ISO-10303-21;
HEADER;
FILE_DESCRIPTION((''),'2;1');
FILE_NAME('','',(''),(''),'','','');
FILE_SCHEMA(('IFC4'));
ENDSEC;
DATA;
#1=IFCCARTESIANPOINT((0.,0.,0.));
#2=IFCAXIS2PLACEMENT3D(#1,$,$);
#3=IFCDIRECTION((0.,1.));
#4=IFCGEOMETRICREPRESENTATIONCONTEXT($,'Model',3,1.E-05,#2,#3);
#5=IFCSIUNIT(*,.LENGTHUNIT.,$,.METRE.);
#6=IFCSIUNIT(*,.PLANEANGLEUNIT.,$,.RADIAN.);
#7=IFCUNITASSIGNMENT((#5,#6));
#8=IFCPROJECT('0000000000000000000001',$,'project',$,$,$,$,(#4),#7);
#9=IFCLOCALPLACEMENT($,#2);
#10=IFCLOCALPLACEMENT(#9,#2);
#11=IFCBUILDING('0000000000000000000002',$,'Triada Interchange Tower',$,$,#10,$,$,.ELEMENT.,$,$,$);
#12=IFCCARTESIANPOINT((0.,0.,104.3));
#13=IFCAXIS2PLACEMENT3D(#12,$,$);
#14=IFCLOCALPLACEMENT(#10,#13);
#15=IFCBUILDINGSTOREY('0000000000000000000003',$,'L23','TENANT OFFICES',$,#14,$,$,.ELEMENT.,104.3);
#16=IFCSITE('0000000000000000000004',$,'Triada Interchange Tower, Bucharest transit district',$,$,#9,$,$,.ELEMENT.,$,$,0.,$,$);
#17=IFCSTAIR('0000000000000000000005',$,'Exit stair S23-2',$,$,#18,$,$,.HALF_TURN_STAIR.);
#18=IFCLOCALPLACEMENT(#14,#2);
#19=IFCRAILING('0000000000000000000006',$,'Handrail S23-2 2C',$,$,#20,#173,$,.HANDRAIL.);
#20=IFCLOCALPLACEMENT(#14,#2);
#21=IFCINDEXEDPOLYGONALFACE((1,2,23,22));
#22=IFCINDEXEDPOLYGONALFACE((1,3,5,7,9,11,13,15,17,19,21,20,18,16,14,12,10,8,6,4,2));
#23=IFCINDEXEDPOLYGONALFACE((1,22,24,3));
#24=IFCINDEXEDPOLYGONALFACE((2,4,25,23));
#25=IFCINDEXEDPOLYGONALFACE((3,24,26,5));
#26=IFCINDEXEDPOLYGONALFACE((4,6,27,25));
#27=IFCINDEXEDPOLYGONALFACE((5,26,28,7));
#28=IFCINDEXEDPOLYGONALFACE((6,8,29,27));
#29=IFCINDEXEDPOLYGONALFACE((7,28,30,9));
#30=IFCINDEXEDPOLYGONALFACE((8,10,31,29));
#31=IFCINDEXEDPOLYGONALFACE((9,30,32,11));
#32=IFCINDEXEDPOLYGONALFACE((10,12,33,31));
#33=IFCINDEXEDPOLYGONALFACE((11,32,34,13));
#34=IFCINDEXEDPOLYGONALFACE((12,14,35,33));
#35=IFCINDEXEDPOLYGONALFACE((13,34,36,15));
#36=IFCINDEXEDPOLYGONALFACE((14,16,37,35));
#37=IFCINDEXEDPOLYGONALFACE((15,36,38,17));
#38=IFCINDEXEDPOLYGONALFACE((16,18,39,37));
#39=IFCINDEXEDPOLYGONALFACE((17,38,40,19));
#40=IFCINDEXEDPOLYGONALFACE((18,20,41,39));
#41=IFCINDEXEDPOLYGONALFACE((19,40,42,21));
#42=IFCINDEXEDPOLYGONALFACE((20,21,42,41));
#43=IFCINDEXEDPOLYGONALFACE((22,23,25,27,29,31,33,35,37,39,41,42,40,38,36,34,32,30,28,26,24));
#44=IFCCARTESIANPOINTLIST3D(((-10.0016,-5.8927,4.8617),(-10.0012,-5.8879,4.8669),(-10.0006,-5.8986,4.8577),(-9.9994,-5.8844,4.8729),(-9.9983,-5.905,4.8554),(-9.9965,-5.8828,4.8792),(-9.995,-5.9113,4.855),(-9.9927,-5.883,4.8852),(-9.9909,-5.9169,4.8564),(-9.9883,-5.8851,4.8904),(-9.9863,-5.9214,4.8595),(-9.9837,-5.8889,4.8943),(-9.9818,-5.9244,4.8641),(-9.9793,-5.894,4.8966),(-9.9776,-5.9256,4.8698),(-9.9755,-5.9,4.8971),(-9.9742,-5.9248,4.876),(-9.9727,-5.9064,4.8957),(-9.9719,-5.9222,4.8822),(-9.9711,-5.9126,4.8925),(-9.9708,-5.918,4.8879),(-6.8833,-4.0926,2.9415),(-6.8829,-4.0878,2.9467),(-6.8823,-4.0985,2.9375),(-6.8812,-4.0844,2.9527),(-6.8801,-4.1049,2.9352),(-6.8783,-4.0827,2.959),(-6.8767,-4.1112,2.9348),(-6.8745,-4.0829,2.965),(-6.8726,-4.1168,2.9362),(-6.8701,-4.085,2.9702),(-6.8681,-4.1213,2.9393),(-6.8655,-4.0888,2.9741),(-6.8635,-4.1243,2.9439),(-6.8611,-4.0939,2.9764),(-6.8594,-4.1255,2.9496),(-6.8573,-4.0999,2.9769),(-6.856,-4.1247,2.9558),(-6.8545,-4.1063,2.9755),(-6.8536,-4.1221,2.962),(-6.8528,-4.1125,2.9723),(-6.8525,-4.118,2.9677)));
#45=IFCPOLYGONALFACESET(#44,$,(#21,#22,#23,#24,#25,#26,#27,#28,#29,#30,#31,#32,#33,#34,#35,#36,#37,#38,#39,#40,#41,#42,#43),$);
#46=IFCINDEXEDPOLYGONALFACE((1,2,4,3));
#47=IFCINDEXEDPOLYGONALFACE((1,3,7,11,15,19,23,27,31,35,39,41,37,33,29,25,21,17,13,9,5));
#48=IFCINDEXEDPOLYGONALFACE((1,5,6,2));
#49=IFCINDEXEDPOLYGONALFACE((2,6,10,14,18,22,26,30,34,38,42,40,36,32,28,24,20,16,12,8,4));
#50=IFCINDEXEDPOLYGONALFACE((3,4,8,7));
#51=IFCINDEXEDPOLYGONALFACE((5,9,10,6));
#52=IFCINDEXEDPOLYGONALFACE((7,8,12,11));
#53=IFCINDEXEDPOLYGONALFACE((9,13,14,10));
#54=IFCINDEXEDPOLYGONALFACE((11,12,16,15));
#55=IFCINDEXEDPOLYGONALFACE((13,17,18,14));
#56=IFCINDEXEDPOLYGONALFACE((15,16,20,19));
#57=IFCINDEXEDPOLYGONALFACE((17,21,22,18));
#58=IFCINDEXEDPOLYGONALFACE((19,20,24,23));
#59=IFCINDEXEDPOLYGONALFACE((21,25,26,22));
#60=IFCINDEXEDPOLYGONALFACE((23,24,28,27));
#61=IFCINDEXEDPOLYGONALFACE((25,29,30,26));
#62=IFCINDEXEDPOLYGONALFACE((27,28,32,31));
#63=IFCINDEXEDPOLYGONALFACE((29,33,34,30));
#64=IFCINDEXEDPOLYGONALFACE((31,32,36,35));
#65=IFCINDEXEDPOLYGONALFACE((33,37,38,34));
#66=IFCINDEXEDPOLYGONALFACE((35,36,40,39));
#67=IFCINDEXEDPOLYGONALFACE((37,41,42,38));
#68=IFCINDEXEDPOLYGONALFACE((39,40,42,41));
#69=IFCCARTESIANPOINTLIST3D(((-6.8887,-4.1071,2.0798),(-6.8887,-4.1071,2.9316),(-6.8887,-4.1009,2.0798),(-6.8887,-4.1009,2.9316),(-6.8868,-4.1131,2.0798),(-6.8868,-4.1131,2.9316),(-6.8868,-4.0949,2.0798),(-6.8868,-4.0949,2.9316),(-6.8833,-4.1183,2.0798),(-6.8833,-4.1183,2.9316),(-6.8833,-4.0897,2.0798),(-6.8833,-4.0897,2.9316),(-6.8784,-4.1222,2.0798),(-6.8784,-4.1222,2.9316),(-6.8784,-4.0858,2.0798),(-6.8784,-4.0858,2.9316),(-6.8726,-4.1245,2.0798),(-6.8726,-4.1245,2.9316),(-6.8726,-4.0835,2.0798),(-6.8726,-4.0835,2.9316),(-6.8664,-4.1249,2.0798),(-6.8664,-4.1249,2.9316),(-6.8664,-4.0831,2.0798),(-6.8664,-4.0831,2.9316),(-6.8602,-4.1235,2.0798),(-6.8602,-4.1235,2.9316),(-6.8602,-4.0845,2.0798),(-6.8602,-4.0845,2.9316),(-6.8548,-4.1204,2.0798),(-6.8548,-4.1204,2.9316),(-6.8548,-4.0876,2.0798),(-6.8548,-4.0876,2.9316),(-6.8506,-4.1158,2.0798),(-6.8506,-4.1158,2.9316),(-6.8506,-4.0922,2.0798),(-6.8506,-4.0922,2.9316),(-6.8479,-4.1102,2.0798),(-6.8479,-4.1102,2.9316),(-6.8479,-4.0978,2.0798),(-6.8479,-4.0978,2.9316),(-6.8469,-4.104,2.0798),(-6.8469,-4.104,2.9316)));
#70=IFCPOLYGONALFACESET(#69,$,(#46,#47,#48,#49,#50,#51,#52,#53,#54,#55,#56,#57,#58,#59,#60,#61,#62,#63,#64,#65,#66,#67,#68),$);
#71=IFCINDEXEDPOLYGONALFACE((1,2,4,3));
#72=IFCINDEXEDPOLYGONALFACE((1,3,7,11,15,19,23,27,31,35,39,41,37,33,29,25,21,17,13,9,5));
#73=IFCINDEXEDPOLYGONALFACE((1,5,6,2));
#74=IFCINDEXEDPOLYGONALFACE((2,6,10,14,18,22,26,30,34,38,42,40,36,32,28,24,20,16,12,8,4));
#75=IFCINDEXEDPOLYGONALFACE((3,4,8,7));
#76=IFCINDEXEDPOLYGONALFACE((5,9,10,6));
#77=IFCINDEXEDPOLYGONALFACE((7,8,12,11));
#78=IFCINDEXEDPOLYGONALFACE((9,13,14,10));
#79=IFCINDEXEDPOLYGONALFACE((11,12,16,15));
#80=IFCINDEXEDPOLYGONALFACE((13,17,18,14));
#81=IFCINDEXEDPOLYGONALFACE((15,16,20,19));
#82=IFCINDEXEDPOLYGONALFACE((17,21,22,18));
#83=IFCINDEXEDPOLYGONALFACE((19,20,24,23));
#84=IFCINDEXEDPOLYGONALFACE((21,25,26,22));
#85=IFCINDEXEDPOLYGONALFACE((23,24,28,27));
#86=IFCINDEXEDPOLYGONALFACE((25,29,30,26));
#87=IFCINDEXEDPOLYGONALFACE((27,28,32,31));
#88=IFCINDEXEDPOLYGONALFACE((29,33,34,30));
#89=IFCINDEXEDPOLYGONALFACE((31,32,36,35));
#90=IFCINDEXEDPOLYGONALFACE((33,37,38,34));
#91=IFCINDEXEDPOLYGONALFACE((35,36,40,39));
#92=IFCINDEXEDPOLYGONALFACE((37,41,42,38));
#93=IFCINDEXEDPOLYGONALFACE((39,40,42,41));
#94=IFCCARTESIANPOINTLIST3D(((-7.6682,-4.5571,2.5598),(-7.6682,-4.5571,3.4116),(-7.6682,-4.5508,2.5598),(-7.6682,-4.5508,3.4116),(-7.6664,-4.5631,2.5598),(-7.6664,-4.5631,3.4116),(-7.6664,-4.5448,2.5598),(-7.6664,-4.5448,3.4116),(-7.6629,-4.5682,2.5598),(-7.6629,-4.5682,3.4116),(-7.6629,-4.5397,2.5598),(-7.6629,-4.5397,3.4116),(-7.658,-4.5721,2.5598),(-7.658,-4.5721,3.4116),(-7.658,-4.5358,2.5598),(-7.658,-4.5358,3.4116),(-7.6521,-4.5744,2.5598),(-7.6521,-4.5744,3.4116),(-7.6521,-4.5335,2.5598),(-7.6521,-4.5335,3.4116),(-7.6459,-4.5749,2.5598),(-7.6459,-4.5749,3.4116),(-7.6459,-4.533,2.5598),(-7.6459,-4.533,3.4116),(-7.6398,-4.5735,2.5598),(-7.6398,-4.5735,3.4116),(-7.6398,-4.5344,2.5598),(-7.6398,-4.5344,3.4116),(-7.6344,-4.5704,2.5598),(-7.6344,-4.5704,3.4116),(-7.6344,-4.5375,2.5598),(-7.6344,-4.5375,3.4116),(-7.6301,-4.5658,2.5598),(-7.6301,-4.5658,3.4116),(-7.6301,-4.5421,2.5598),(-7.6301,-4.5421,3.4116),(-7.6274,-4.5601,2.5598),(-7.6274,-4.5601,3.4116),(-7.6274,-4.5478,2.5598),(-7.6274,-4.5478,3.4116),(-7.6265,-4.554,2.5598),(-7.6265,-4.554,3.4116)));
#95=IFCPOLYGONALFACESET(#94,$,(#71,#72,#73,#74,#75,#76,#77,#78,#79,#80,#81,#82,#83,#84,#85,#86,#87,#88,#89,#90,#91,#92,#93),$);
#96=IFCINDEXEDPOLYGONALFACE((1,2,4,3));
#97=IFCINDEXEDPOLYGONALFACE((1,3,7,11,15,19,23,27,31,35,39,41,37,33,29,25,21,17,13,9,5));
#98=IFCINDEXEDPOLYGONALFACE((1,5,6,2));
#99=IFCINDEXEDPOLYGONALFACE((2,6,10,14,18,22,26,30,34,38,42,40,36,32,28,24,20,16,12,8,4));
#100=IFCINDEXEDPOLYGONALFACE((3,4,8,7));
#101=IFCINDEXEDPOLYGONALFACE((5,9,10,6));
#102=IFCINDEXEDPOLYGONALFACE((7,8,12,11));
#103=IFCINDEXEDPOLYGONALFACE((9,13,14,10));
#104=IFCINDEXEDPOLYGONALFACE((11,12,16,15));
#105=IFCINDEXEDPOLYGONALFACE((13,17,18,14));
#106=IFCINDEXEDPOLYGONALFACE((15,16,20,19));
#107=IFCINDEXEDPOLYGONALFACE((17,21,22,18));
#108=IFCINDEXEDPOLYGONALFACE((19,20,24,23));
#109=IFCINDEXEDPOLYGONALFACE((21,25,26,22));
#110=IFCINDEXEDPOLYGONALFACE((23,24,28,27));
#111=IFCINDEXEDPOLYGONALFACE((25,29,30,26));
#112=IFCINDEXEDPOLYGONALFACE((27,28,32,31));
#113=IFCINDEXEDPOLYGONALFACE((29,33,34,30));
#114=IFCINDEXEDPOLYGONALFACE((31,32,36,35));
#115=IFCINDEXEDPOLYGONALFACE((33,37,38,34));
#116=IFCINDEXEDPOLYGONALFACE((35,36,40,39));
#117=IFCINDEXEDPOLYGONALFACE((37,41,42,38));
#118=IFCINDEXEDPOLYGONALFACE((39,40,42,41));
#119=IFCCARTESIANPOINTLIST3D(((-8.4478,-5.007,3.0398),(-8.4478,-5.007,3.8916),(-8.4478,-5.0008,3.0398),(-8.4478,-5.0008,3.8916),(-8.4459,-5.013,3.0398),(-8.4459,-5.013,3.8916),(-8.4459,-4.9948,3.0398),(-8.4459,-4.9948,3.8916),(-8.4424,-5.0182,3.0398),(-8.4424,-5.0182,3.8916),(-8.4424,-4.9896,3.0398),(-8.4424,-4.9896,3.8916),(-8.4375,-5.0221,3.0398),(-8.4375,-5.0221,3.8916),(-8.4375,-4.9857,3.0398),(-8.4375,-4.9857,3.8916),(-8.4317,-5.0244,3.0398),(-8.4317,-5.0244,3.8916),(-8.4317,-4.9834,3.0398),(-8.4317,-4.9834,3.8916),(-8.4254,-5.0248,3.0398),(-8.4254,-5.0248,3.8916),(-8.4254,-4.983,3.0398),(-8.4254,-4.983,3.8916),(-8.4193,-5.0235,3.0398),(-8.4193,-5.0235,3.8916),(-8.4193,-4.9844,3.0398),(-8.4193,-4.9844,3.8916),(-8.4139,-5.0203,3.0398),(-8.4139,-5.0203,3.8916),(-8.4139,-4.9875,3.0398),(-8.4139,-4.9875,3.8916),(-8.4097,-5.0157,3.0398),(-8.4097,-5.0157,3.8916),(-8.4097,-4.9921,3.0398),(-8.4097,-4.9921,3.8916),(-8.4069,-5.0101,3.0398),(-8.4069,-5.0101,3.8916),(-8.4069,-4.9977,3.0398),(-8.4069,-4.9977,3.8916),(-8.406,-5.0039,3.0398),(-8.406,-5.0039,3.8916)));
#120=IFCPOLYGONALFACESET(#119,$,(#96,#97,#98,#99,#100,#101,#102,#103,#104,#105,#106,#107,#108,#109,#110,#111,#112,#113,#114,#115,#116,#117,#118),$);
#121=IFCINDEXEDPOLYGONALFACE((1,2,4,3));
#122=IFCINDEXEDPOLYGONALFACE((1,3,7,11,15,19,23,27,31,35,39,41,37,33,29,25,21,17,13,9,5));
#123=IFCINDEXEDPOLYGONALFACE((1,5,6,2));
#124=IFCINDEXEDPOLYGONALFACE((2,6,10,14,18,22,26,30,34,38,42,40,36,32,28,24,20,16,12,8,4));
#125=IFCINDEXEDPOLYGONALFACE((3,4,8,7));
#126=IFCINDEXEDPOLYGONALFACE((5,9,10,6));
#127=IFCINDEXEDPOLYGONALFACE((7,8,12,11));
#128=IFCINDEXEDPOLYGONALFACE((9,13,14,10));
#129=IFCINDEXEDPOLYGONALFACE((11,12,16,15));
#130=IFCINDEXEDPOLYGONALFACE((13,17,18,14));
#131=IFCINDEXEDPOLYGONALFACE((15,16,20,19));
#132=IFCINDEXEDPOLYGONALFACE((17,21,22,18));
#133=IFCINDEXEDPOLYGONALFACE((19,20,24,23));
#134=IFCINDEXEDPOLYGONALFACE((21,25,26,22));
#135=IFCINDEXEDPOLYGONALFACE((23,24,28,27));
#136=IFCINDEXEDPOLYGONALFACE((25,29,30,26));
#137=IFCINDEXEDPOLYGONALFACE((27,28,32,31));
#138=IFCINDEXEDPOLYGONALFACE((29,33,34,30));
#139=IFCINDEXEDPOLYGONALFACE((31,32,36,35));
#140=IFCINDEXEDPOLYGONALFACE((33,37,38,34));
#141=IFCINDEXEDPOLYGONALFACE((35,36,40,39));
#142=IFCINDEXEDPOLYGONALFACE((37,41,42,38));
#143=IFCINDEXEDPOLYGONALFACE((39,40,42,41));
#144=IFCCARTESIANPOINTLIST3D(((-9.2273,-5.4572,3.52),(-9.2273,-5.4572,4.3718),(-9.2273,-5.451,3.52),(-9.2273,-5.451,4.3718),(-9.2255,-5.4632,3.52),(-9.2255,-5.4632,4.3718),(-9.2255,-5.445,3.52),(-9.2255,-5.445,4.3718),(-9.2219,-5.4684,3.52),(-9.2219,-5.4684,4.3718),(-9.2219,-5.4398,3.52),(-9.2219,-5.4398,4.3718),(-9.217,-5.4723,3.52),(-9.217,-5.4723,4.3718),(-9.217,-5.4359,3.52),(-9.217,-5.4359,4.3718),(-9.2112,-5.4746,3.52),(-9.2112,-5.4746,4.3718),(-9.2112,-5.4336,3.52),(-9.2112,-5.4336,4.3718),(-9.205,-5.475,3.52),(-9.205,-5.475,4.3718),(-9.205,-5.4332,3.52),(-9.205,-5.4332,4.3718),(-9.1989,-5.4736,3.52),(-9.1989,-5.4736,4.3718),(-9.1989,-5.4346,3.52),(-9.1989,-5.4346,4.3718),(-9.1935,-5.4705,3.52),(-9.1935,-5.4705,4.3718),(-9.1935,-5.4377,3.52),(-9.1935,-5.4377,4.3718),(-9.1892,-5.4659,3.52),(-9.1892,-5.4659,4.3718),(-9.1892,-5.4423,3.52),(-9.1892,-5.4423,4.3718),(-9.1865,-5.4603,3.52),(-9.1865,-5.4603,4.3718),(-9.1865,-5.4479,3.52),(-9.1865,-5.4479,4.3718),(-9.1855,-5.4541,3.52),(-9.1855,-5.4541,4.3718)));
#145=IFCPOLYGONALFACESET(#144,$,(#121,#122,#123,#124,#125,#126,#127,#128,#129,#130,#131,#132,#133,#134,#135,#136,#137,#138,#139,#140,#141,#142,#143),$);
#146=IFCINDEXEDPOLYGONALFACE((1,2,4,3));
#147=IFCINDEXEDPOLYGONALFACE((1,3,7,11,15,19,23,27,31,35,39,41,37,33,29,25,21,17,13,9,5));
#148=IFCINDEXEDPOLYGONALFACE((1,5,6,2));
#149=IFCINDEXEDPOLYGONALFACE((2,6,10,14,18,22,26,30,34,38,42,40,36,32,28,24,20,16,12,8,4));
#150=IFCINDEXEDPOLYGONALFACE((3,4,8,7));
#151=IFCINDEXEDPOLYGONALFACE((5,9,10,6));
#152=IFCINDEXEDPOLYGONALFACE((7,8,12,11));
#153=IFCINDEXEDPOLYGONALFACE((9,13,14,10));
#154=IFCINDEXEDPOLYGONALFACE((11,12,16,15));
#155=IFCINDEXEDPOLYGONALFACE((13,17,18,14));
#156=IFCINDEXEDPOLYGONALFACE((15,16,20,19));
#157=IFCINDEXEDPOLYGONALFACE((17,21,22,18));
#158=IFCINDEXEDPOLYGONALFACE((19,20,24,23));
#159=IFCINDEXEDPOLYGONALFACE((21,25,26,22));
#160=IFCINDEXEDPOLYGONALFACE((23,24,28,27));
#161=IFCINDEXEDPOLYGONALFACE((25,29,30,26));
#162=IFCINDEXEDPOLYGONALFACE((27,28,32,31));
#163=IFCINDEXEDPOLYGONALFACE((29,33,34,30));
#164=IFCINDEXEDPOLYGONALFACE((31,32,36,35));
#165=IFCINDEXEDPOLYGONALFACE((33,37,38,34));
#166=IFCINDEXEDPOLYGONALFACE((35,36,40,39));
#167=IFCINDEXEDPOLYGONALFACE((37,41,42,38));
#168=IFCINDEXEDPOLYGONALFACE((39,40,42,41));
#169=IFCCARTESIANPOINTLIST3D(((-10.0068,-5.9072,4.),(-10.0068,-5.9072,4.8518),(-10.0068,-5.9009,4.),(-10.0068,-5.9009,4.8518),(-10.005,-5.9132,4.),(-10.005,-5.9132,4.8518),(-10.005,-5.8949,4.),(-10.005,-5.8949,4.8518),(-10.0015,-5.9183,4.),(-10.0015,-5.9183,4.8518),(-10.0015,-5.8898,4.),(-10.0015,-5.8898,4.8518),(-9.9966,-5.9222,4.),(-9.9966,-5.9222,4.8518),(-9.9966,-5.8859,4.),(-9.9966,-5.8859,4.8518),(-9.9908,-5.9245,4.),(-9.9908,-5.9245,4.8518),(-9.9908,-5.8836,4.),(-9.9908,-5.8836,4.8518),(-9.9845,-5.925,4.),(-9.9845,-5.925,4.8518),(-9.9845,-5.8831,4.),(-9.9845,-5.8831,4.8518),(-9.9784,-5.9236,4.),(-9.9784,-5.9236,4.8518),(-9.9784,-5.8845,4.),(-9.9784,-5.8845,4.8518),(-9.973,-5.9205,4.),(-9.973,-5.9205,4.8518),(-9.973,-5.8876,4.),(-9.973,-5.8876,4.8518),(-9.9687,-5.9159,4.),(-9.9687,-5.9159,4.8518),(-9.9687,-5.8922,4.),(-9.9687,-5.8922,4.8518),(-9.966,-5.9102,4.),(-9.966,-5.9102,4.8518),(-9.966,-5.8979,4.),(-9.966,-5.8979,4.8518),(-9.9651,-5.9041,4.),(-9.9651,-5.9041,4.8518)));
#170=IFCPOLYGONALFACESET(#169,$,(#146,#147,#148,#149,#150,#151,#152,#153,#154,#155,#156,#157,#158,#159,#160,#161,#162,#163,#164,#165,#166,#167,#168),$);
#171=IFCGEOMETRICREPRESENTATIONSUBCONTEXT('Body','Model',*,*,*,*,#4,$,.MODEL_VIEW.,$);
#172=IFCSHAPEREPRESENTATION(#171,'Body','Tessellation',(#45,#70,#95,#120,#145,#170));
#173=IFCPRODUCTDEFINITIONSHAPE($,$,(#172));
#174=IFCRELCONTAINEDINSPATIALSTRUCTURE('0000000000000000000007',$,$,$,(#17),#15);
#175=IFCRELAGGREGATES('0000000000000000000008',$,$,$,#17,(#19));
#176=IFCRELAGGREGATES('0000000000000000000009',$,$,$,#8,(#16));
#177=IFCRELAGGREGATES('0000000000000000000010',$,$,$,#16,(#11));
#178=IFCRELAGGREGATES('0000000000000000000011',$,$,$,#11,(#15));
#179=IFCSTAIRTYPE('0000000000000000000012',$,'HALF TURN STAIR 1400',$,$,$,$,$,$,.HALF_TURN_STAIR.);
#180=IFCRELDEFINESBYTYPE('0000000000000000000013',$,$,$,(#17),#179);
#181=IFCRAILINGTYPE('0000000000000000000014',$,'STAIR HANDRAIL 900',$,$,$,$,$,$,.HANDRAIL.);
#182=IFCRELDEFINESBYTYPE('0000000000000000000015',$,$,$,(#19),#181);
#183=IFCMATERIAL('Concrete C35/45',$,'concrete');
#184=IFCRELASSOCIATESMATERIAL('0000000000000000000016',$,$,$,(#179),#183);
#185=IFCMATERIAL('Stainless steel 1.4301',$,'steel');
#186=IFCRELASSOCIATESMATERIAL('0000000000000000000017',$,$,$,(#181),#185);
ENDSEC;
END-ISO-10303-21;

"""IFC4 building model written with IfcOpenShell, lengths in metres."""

from ifc_helpers import new_model, si_unit, direction, frame, origin, origin_2d, place, context, subcontext, project, spatial, circle, extrude, material, type_object, element, aggregate, save


model = new_model("IFC4")

# Units and contexts
model_context = context("Model", 3, precision=1e-05, world=origin(), true_north=direction((0.0, 1.0)))
body_context = subcontext(model_context, "Body", "Model", "MODEL_VIEW")
ifc_project = project(units=[si_unit("LENGTHUNIT", "METRE"), si_unit("PLANEANGLEUNIT", "RADIAN")], contexts=[model_context])

# Site, building, storey
site_placement = place(None, origin())
site = spatial("IfcSite", under=ifc_project, at=site_placement, Name="Triada Interchange Tower, Bucharest transit district", CompositionType="ELEMENT", RefElevation=0.0)
building_placement = place(site_placement, origin())
building = spatial("IfcBuilding", under=site, at=building_placement, Name="Triada Interchange Tower", CompositionType="ELEMENT")
storey_placement = place(building_placement, frame((0.0, 0.0, 104.3)))
storey = spatial("IfcBuildingStorey", under=building, at=storey_placement, Name="L23", Description="TENANT OFFICES", CompositionType="ELEMENT", Elevation=104.3)

# Stair, railing
ifc_material_1 = material(Name="Concrete C35/45", Category="concrete")
stair_type = type_object("IfcStairType", Name="HALF TURN STAIR 1400", PredefinedType="HALF_TURN_STAIR", material=ifc_material_1)
stair_placement = place(storey_placement, origin())
stair = element("IfcStair", 1, at=stair_placement, inside=storey, type_object=stair_type, Name="Exit stair S23-2", PredefinedType="HALF_TURN_STAIR")
ifc_material_2 = material(Name="Stainless steel 1.4301", Category="steel")
railing_type = type_object("IfcRailingType", Name="STAIR HANDRAIL 900", PredefinedType="HANDRAIL", material=ifc_material_2)
railing_1_placement = place(storey_placement, frame((-6.8679, -4.104, 2.0798)))
railing_1 = element("IfcRailing", 2, at=railing_1_placement, type_object=railing_type, Name="Handrail S23-2 2C", PredefinedType="HANDRAIL", context=body_context, shape_type="SweptSolid", body=[
    extrude(circle(Radius=0.0239, at=origin_2d()), frame((0.0, 0.0, 0.876), z_axis=(-0.76417, -0.441139, 0.470576), x_axis=(0.499953, -0.866052, 0.0)), (0.0, 0.0, 1.0), 4.0806),
    extrude(circle(Radius=0.021, at=origin_2d()), origin(), (0.0, 0.0, 1.0), 0.8518),
    extrude(circle(Radius=0.021, at=origin_2d()), frame((-0.7795, -0.45, 0.48)), (0.0, 0.0, 1.0), 0.8518),
    extrude(circle(Radius=0.021, at=origin_2d()), frame((-1.5591, -0.8999, 0.96)), (0.0, 0.0, 1.0), 0.8518),
    extrude(circle(Radius=0.021, at=origin_2d()), frame((-2.3386, -1.3501, 1.4402)), (0.0, 0.0, 1.0), 0.8518),
    extrude(circle(Radius=0.021, at=origin_2d()), frame((-3.1182, -1.8, 1.9202)), (0.0, 0.0, 1.0), 0.8518),
])
aggregate(stair, [railing_1])

save(model, "model.ifc")
